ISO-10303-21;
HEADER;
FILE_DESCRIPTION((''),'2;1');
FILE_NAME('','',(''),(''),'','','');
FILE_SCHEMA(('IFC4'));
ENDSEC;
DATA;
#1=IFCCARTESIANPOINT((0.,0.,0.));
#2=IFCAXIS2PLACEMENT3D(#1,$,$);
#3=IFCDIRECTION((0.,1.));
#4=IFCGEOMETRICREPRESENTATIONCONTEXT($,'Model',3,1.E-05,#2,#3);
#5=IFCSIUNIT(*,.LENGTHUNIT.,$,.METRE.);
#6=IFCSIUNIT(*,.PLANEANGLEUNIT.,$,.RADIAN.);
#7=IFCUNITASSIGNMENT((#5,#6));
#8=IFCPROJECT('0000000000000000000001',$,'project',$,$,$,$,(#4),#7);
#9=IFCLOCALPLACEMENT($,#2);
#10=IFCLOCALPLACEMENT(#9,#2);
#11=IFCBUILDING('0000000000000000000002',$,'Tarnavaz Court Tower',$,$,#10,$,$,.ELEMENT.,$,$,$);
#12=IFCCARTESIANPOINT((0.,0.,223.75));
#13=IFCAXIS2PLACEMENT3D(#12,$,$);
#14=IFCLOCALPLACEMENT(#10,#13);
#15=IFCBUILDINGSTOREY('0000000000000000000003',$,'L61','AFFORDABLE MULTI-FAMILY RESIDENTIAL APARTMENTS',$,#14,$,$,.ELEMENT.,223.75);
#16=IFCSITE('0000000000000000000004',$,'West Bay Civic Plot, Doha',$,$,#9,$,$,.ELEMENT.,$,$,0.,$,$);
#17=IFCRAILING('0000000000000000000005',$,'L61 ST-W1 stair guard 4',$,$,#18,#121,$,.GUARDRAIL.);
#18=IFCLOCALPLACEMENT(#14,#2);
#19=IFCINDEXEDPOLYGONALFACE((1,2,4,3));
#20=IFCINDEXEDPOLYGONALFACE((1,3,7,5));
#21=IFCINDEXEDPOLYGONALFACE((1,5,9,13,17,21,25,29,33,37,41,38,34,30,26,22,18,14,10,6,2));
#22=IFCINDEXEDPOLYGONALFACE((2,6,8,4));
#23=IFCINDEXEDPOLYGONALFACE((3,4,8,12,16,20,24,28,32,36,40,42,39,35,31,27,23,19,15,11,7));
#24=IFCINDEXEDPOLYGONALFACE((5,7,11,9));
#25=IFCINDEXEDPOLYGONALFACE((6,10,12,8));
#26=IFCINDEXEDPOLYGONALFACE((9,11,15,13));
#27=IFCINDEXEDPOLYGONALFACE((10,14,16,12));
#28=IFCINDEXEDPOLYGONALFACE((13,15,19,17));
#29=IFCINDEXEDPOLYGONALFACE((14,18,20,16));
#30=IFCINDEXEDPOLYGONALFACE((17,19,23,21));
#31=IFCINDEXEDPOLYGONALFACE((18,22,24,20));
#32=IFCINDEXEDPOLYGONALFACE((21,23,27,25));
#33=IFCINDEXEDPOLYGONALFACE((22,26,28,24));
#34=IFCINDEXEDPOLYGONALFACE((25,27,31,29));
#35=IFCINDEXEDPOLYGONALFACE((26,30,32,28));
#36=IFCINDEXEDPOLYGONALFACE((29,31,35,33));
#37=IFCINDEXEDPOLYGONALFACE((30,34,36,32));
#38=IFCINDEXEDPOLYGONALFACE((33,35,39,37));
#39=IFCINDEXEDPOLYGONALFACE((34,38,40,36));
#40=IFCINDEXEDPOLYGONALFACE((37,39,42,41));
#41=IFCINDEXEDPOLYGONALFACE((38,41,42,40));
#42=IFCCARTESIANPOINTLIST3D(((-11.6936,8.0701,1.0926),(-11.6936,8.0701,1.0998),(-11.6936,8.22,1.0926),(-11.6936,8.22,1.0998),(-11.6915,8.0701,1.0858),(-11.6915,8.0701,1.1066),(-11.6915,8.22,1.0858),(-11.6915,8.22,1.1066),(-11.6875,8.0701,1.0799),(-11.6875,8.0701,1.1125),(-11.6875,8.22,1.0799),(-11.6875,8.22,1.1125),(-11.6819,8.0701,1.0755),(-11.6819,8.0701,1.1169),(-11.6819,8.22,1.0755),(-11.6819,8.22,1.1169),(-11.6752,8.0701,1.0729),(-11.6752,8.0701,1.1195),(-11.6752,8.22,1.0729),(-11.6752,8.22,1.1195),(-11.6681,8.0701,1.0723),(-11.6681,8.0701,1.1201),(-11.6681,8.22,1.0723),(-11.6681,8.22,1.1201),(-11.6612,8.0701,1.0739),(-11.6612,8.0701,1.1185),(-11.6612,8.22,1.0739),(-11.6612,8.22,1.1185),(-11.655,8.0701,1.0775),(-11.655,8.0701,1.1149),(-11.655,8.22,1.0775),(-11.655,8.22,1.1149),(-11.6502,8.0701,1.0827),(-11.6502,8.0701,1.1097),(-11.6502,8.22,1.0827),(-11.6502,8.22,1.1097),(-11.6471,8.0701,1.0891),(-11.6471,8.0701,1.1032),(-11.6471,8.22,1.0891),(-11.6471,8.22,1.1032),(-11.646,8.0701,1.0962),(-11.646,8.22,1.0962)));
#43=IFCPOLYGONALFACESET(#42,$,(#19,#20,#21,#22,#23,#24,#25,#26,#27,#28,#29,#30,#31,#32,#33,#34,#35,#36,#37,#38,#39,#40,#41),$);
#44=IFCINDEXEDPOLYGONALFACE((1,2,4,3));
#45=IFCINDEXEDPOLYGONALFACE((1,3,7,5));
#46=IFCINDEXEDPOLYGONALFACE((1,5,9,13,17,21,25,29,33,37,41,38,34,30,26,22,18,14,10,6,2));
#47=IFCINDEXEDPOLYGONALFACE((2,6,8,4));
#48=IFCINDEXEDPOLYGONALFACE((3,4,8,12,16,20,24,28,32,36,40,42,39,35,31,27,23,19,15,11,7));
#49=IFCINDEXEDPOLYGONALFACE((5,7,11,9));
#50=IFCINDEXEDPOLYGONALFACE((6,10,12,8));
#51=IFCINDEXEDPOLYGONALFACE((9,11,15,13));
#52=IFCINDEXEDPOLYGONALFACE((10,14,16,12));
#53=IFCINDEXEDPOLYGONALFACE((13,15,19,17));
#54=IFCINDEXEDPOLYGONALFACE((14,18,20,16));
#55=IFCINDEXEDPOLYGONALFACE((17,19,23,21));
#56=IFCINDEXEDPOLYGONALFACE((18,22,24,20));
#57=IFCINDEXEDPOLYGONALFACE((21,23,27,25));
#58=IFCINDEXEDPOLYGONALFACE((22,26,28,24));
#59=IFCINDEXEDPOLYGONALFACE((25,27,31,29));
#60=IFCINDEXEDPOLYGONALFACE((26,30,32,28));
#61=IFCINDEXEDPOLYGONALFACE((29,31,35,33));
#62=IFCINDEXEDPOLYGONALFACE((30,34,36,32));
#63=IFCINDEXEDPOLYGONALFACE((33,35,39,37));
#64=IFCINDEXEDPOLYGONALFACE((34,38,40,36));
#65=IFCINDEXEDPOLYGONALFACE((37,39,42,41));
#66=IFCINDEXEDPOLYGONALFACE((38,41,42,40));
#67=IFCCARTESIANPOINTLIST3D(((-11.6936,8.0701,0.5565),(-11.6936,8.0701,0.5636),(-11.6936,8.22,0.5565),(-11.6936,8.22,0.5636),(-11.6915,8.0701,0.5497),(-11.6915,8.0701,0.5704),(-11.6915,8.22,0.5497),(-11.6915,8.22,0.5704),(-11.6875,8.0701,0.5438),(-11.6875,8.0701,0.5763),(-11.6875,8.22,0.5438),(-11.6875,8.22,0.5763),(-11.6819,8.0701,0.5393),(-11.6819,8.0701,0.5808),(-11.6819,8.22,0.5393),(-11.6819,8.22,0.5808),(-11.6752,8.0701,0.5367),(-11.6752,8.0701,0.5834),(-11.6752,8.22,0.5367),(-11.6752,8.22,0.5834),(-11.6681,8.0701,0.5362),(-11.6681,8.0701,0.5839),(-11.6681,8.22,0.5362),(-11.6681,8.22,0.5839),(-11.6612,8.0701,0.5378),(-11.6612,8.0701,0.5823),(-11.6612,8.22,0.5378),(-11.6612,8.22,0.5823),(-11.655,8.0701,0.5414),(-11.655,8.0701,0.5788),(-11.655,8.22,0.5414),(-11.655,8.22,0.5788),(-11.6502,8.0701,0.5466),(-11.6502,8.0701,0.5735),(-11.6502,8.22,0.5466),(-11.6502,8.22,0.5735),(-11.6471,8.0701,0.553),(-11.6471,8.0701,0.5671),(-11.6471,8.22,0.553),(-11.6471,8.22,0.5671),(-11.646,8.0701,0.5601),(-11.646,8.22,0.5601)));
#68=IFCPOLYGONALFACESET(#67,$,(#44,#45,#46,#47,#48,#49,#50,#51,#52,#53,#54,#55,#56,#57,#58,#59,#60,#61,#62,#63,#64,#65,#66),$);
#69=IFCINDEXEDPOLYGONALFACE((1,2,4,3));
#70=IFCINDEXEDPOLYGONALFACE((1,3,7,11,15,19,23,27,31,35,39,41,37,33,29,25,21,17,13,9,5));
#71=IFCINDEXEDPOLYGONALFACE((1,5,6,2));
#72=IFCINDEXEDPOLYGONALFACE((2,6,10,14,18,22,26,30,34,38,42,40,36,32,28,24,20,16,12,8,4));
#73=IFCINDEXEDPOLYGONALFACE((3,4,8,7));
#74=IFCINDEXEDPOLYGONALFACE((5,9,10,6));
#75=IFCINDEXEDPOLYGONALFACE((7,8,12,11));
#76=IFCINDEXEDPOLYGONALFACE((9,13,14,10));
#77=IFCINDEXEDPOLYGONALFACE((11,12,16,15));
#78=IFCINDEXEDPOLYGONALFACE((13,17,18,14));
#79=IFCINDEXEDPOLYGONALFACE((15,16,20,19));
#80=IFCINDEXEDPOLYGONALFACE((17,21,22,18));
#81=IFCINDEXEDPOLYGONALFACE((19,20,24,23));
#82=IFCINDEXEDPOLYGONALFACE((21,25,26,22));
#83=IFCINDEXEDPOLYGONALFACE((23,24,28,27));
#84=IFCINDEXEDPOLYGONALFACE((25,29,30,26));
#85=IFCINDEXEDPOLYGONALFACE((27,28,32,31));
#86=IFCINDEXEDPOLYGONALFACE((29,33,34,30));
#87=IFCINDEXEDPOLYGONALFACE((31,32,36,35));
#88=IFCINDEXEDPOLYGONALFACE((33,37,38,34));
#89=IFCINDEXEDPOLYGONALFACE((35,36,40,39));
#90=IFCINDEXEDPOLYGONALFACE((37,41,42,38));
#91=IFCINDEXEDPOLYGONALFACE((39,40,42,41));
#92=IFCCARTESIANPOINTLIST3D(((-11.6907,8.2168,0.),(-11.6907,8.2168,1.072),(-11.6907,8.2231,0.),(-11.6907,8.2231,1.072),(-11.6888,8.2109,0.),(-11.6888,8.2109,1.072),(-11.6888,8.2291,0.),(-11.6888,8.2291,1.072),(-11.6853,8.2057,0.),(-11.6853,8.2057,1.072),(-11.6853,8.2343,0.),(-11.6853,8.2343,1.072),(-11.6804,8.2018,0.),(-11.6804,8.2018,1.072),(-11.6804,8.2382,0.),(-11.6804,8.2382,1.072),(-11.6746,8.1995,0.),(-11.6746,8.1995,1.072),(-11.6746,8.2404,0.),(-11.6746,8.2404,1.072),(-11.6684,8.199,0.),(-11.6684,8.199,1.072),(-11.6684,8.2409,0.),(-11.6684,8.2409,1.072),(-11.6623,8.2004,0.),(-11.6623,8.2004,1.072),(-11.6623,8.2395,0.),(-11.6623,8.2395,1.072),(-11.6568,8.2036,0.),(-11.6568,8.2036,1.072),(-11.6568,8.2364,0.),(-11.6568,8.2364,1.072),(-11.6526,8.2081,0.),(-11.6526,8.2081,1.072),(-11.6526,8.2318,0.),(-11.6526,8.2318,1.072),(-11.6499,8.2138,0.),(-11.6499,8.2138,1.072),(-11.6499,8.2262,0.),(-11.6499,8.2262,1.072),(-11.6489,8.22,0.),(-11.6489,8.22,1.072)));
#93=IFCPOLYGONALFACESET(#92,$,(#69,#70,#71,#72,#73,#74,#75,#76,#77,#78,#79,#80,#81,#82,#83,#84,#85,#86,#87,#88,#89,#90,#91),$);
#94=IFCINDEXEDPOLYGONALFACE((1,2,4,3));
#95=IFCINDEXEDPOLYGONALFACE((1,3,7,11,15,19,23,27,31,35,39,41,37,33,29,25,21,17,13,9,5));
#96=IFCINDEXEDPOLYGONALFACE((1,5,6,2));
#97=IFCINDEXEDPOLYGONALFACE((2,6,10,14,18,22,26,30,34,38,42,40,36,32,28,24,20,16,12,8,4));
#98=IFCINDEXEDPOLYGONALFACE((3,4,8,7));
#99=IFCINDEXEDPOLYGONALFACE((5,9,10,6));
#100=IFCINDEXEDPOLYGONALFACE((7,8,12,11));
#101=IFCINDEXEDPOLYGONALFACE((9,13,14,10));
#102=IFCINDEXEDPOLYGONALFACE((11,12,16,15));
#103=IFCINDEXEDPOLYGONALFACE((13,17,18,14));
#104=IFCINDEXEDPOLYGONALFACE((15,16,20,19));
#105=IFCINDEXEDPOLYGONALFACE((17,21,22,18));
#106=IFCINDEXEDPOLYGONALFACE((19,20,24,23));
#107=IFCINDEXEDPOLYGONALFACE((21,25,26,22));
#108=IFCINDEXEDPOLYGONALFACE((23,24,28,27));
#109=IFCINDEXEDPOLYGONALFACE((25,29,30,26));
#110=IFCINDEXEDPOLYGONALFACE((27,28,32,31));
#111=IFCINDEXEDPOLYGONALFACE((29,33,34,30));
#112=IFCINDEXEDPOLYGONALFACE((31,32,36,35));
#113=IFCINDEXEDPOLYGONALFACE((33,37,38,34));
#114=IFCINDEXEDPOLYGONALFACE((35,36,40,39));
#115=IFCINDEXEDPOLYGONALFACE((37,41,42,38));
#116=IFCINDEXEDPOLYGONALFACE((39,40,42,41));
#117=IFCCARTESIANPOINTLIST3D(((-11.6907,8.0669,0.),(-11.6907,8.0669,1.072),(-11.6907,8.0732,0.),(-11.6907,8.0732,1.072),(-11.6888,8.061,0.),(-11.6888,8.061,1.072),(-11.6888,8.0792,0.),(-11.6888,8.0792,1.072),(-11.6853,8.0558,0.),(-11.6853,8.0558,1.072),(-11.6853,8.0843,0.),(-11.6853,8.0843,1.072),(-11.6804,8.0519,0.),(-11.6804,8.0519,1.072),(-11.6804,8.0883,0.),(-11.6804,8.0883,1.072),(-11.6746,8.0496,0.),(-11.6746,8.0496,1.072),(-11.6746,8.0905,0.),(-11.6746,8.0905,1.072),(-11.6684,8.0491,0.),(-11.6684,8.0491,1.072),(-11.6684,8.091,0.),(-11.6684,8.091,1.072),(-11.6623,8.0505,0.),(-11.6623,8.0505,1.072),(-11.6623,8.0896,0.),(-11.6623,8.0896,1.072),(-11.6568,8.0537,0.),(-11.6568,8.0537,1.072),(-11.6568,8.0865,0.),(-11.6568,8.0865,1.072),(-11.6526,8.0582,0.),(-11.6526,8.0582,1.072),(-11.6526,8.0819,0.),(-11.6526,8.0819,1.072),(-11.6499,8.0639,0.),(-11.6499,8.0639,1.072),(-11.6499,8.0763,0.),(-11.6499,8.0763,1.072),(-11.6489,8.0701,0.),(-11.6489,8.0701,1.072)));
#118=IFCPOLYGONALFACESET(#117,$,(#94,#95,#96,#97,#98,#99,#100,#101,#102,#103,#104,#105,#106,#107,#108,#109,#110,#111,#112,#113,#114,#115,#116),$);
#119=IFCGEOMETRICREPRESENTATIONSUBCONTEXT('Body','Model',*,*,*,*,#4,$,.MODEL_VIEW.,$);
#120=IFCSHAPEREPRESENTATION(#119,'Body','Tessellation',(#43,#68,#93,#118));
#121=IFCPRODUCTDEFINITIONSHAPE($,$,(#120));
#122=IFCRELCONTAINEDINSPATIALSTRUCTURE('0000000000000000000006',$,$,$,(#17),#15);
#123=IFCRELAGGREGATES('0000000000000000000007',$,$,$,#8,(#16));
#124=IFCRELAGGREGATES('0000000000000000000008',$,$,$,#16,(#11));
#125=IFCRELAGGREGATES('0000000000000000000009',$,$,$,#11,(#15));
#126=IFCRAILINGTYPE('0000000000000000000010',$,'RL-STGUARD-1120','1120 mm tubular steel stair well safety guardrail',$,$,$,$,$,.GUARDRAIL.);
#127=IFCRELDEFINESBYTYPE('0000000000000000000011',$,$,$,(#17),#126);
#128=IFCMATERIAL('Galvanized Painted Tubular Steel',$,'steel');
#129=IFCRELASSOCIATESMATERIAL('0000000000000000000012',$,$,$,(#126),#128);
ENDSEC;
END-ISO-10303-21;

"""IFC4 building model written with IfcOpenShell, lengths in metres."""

from ifc_helpers import new_model, si_unit, direction, frame, origin, origin_2d, place, context, subcontext, project, spatial, circle, extrude, material, type_object, element, save


model = new_model("IFC4")

# Units and contexts
model_context = context("Model", 3, precision=1e-05, world=origin(), true_north=direction((0.0, 1.0)))
body_context = subcontext(model_context, "Body", "Model", "MODEL_VIEW")
ifc_project = project(units=[si_unit("LENGTHUNIT", "METRE"), si_unit("PLANEANGLEUNIT", "RADIAN")], contexts=[model_context])

# Site, building, storey
site_placement = place(None, origin())
site = spatial("IfcSite", under=ifc_project, at=site_placement, Name="West Bay Civic Plot, Doha", CompositionType="ELEMENT", RefElevation=0.0)
building_placement = place(site_placement, origin())
building = spatial("IfcBuilding", under=site, at=building_placement, Name="Tarnavaz Court Tower", CompositionType="ELEMENT")
storey_placement = place(building_placement, frame((0.0, 0.0, 223.75)))
storey = spatial("IfcBuildingStorey", under=building, at=storey_placement, Name="L61", Description="AFFORDABLE MULTI-FAMILY RESIDENTIAL APARTMENTS", CompositionType="ELEMENT", Elevation=223.75)

# Railing
ifc_material_1 = material(Name="Galvanized Painted Tubular Steel", Category="steel")
railing_type_1 = type_object("IfcRailingType", Name="RL-STGUARD-1120", Description="1120 mm tubular steel stair well safety guardrail", PredefinedType="GUARDRAIL", material=ifc_material_1)
railing_1_placement = place(storey_placement, frame((-11.6699, 8.22, 0.0)))
element("IfcRailing", 1, at=railing_1_placement, inside=storey, type_object=railing_type_1, Name="L61 ST-W1 stair guard 4", PredefinedType="GUARDRAIL", context=body_context, shape_type="SweptSolid", body=[
    extrude(circle(Radius=0.0239, at=origin_2d()), frame((0.0, 0.0, 1.0962), z_axis=(0.0, -1.0, 0.0), x_axis=(1.0, 0.0, 0.0)), (0.0, 0.0, 1.0), 0.1499),
    extrude(circle(Radius=0.0239, at=origin_2d()), frame((0.0, 0.0, 0.5601), z_axis=(0.0, -1.0, 0.0), x_axis=(1.0, 0.0, 0.0)), (0.0, 0.0, 1.0), 0.1499),
    extrude(circle(Radius=0.021, at=origin_2d()), origin(), (0.0, 0.0, 1.0), 1.072),
    extrude(circle(Radius=0.021, at=origin_2d()), frame((0.0, -0.1499, 0.0)), (0.0, 0.0, 1.0), 1.072),
])

save(model, "model.ifc")
